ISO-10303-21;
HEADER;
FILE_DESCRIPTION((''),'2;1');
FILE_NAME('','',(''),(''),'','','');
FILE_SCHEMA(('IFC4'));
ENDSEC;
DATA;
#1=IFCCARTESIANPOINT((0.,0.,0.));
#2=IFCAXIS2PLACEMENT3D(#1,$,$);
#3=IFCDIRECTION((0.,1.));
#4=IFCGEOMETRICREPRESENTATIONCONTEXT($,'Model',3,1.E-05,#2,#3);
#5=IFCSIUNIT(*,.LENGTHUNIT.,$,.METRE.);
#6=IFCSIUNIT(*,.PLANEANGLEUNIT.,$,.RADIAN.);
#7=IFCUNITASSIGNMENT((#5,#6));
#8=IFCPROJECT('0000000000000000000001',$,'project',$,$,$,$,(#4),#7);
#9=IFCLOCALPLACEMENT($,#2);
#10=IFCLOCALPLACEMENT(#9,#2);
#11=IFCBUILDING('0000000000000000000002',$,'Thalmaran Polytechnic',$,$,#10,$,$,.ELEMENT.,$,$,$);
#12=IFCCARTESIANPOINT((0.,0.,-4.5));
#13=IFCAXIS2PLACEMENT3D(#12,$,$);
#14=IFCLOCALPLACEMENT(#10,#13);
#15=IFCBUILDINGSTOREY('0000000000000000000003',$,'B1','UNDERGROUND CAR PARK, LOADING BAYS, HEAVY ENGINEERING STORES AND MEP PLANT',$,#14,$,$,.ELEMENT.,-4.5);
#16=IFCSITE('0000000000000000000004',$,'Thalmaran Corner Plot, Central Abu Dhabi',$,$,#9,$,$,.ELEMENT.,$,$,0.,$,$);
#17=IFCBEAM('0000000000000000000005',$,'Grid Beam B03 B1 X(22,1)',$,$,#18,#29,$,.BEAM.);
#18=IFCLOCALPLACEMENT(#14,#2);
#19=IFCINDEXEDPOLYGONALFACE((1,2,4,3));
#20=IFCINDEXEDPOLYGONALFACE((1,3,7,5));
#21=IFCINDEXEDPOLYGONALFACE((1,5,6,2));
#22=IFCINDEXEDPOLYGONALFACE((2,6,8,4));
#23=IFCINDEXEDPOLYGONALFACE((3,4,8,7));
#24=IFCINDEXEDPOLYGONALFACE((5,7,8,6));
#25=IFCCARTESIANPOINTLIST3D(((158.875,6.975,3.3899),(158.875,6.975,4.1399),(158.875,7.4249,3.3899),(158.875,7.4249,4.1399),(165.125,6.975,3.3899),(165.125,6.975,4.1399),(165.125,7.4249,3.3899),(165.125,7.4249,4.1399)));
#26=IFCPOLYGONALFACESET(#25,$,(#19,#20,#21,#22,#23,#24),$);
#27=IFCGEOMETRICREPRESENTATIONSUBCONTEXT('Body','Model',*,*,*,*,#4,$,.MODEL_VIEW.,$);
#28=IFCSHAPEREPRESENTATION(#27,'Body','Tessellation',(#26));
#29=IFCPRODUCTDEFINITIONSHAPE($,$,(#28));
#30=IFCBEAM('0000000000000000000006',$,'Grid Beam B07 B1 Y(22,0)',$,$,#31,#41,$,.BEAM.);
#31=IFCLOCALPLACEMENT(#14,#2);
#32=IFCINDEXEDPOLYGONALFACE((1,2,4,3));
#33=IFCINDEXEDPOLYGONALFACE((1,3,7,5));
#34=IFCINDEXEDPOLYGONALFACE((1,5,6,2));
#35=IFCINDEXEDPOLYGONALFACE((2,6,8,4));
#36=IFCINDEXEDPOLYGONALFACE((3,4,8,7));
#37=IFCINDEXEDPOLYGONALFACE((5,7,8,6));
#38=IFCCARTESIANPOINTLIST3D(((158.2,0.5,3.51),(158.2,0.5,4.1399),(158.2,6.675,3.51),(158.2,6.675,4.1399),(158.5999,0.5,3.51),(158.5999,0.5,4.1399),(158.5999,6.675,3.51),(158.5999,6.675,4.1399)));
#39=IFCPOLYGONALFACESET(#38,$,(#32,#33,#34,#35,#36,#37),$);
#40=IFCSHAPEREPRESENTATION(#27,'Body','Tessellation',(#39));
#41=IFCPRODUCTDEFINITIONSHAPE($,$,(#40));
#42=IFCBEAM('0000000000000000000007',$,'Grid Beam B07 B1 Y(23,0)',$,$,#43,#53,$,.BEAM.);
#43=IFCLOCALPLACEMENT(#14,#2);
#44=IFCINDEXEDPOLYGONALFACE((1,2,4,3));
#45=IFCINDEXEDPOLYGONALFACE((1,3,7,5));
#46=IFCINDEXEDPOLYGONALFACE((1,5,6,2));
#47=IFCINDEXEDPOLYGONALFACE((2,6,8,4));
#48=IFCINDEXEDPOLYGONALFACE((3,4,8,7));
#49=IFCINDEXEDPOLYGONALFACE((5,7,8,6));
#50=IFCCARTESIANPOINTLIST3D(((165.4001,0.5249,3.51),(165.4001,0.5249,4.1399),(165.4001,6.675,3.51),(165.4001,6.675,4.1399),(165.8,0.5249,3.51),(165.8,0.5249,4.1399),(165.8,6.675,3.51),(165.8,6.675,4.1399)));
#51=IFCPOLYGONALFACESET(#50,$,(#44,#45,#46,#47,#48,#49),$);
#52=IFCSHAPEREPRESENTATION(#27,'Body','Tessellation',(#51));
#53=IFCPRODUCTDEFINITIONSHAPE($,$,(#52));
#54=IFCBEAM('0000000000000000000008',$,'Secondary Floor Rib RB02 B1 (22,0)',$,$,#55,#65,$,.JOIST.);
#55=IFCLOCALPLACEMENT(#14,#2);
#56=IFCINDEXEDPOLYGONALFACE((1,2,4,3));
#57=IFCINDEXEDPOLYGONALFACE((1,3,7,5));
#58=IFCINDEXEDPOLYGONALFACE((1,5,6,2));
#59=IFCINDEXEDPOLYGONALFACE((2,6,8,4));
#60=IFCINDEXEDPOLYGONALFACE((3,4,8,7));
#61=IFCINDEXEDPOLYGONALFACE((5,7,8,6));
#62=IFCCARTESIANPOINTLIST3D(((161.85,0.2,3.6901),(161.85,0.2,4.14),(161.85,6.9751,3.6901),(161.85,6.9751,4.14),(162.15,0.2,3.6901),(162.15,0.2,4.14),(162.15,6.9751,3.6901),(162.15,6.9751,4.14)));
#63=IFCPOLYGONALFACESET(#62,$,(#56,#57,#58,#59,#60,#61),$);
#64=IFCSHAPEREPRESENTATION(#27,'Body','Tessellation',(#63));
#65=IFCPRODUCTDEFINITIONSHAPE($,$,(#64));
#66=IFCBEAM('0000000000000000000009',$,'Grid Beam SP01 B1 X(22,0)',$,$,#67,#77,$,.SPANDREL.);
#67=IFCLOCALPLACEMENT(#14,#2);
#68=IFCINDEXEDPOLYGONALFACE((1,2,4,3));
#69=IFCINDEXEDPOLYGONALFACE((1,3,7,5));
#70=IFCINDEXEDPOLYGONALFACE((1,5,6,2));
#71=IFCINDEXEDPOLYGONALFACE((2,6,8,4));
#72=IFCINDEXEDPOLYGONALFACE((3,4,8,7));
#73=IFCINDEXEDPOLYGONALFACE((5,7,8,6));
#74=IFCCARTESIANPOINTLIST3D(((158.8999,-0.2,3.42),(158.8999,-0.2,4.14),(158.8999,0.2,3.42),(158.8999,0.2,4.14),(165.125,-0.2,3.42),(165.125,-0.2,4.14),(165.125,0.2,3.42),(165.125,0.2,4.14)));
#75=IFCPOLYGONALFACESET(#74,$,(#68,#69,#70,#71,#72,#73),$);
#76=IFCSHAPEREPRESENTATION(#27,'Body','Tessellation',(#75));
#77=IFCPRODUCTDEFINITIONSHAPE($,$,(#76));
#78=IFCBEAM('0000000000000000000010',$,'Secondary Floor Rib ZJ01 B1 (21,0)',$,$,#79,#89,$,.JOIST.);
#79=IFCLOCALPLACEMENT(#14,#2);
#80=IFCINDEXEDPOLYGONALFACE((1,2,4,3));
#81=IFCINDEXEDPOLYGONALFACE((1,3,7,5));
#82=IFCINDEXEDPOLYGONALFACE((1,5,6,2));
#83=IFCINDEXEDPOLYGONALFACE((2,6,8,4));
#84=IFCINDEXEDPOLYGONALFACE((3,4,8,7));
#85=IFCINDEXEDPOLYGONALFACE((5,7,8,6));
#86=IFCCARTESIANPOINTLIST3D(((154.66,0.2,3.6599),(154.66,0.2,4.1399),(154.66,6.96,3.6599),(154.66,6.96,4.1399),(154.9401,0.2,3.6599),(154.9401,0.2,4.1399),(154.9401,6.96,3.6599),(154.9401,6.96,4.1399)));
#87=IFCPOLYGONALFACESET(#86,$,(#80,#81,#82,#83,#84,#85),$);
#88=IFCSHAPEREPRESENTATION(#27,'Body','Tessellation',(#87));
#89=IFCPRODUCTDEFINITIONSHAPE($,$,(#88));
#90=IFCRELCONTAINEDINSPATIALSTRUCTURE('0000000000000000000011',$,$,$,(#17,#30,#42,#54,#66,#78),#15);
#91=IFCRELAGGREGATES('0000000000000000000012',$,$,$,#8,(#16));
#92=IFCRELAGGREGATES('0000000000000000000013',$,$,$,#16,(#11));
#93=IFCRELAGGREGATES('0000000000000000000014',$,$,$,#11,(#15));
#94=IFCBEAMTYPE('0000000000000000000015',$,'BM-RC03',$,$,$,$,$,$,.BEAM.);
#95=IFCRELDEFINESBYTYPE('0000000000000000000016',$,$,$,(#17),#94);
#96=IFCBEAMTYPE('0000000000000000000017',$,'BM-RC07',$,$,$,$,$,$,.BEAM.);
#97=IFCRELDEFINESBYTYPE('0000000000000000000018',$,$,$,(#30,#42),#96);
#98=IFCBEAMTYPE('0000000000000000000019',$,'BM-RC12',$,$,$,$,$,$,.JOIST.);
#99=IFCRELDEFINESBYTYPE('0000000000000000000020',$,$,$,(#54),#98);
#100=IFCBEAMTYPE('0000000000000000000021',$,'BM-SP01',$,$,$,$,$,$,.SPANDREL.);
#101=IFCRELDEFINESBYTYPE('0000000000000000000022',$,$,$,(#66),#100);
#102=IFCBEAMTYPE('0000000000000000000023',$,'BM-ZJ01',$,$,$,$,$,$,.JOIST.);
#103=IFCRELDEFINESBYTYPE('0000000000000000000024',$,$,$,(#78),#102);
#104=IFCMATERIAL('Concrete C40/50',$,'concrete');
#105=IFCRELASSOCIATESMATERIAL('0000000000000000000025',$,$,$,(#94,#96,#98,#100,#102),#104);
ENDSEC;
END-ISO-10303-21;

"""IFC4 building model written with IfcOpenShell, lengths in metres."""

from ifc_helpers import new_model, si_unit, direction, frame, origin, origin_2d, place, context, subcontext, project, spatial, rectangle, extrude, material, material_profile, profile_set, type_object, element, save


model = new_model("IFC4")

# Units and contexts
model_context = context("Model", 3, precision=1e-05, world=origin(), true_north=direction((0.0, 1.0)))
body_context = subcontext(model_context, "Body", "Model", "MODEL_VIEW")
ifc_project = project(units=[si_unit("LENGTHUNIT", "METRE"), si_unit("PLANEANGLEUNIT", "RADIAN")], contexts=[model_context])

# Site, building, storey
site_placement = place(None, origin())
site = spatial("IfcSite", under=ifc_project, at=site_placement, Name="Thalmaran Corner Plot, Central Abu Dhabi", CompositionType="ELEMENT", RefElevation=0.0)
building_placement = place(site_placement, origin())
building = spatial("IfcBuilding", under=site, at=building_placement, Name="Thalmaran Polytechnic", CompositionType="ELEMENT")
storey_placement = place(building_placement, frame((0.0, 0.0, -4.5)))
storey = spatial("IfcBuildingStorey", under=building, at=storey_placement, Name="B1", Description="UNDERGROUND CAR PARK, LOADING BAYS, HEAVY ENGINEERING STORES AND MEP PLANT", CompositionType="ELEMENT", Elevation=-4.5)

# Shared definitions
ifc_material_1 = material(Name="Concrete C40/50", Category="concrete")

# Beams
ifc_material_profile_1 = material_profile(ifc_material_1, rectangle(XDim=0.45, YDim=0.75, at=origin_2d()), Name="RC 450x750")
ifc_profile_set_1 = profile_set([ifc_material_profile_1], Name="Concrete C40/50")
beam_type_1 = type_object("IfcBeamType", Name="BM-RC03", PredefinedType="BEAM", material=ifc_profile_set_1)
beam_1_placement = place(storey_placement, frame((158.875, 7.2, 3.7649), z_axis=(1.0, 0.0, 0.0), x_axis=(0.0, 1.0, 0.0)))
element("IfcBeam", 1, at=beam_1_placement, inside=storey, type_object=beam_type_1, Name="Grid Beam B03 B1 X(22,1)", PredefinedType="BEAM", context=body_context, shape_type="SweptSolid", body=[
    extrude(rectangle(XDim=0.45, YDim=0.75, at=origin_2d()), origin(), (0.0, 0.0, 1.0), 6.25),
])
ifc_material_profile_2 = material_profile(ifc_material_1, rectangle(XDim=0.3999, YDim=0.6299, at=origin_2d()), Name="RC 400x630")
ifc_profile_set_2 = profile_set([ifc_material_profile_2], Name="Concrete C40/50")
beam_type_2 = type_object("IfcBeamType", Name="BM-RC07", PredefinedType="BEAM", material=ifc_profile_set_2)
beam_2_placement = place(storey_placement, frame((158.3999, 0.5, 3.825), z_axis=(0.0, 1.0, 0.0), x_axis=(-1.0, 0.0, 0.0)))
element("IfcBeam", 2, at=beam_2_placement, inside=storey, type_object=beam_type_2, Name="Grid Beam B07 B1 Y(22,0)", PredefinedType="BEAM", context=body_context, shape_type="SweptSolid", body=[
    extrude(rectangle(XDim=0.3999, YDim=0.6299, at=origin_2d()), origin(), (0.0, 0.0, 1.0), 6.175),
])
beam_3_placement = place(storey_placement, frame((165.6001, 0.5249, 3.825), z_axis=(0.0, 1.0, 0.0), x_axis=(-1.0, 0.0, 0.0)))
element("IfcBeam", 3, at=beam_3_placement, inside=storey, type_object=beam_type_2, Name="Grid Beam B07 B1 Y(23,0)", PredefinedType="BEAM", context=body_context, shape_type="SweptSolid", body=[
    extrude(rectangle(XDim=0.3999, YDim=0.6299, at=origin_2d()), origin(), (0.0, 0.0, 1.0), 6.1501),
])
ifc_material_profile_3 = material_profile(ifc_material_1, rectangle(XDim=0.3, YDim=0.45, at=origin_2d()), Name="RC 300x450")
ifc_profile_set_3 = profile_set([ifc_material_profile_3], Name="Concrete C40/50")
beam_type_3 = type_object("IfcBeamType", Name="BM-RC12", PredefinedType="JOIST", material=ifc_profile_set_3)
beam_4_placement = place(storey_placement, frame((162.0, 0.2, 3.915), z_axis=(0.0, 1.0, 0.0), x_axis=(-1.0, 0.0, 0.0)))
element("IfcBeam", 4, at=beam_4_placement, inside=storey, type_object=beam_type_3, Name="Secondary Floor Rib RB02 B1 (22,0)", PredefinedType="JOIST", context=body_context, shape_type="SweptSolid", body=[
    extrude(rectangle(XDim=0.3, YDim=0.45, at=origin_2d()), origin(), (0.0, 0.0, 1.0), 6.7751),
])
ifc_material_profile_4 = material_profile(ifc_material_1, rectangle(XDim=0.3999, YDim=0.72, at=origin_2d()), Name="RC 400x720")
ifc_profile_set_4 = profile_set([ifc_material_profile_4], Name="Concrete C40/50")
beam_type_4 = type_object("IfcBeamType", Name="BM-SP01", PredefinedType="SPANDREL", material=ifc_profile_set_4)
beam_5_placement = place(storey_placement, frame((158.8999, 0.0, 3.78), z_axis=(1.0, 0.0, 0.0), x_axis=(0.0, 1.0, 0.0)))
element("IfcBeam", 5, at=beam_5_placement, inside=storey, type_object=beam_type_4, Name="Grid Beam SP01 B1 X(22,0)", PredefinedType="SPANDREL", context=body_context, shape_type="SweptSolid", body=[
    extrude(rectangle(XDim=0.3999, YDim=0.72, at=origin_2d()), origin(), (0.0, 0.0, 1.0), 6.2251),
])
ifc_material_profile_5 = material_profile(ifc_material_1, rectangle(XDim=0.28, YDim=0.48, at=origin_2d()), Name="RC 280x480")
ifc_profile_set_5 = profile_set([ifc_material_profile_5], Name="Concrete C40/50")
beam_type_5 = type_object("IfcBeamType", Name="BM-ZJ01", PredefinedType="JOIST", material=ifc_profile_set_5)
beam_6_placement = place(storey_placement, frame((154.8, 0.2, 3.8999), z_axis=(0.0, 1.0, 0.0), x_axis=(-1.0, 0.0, 0.0)))
element("IfcBeam", 6, at=beam_6_placement, inside=storey, type_object=beam_type_5, Name="Secondary Floor Rib ZJ01 B1 (21,0)", PredefinedType="JOIST", context=body_context, shape_type="SweptSolid", body=[
    extrude(rectangle(XDim=0.28, YDim=0.48, at=origin_2d()), origin(), (0.0, 0.0, 1.0), 6.76),
])

save(model, "model.ifc")
